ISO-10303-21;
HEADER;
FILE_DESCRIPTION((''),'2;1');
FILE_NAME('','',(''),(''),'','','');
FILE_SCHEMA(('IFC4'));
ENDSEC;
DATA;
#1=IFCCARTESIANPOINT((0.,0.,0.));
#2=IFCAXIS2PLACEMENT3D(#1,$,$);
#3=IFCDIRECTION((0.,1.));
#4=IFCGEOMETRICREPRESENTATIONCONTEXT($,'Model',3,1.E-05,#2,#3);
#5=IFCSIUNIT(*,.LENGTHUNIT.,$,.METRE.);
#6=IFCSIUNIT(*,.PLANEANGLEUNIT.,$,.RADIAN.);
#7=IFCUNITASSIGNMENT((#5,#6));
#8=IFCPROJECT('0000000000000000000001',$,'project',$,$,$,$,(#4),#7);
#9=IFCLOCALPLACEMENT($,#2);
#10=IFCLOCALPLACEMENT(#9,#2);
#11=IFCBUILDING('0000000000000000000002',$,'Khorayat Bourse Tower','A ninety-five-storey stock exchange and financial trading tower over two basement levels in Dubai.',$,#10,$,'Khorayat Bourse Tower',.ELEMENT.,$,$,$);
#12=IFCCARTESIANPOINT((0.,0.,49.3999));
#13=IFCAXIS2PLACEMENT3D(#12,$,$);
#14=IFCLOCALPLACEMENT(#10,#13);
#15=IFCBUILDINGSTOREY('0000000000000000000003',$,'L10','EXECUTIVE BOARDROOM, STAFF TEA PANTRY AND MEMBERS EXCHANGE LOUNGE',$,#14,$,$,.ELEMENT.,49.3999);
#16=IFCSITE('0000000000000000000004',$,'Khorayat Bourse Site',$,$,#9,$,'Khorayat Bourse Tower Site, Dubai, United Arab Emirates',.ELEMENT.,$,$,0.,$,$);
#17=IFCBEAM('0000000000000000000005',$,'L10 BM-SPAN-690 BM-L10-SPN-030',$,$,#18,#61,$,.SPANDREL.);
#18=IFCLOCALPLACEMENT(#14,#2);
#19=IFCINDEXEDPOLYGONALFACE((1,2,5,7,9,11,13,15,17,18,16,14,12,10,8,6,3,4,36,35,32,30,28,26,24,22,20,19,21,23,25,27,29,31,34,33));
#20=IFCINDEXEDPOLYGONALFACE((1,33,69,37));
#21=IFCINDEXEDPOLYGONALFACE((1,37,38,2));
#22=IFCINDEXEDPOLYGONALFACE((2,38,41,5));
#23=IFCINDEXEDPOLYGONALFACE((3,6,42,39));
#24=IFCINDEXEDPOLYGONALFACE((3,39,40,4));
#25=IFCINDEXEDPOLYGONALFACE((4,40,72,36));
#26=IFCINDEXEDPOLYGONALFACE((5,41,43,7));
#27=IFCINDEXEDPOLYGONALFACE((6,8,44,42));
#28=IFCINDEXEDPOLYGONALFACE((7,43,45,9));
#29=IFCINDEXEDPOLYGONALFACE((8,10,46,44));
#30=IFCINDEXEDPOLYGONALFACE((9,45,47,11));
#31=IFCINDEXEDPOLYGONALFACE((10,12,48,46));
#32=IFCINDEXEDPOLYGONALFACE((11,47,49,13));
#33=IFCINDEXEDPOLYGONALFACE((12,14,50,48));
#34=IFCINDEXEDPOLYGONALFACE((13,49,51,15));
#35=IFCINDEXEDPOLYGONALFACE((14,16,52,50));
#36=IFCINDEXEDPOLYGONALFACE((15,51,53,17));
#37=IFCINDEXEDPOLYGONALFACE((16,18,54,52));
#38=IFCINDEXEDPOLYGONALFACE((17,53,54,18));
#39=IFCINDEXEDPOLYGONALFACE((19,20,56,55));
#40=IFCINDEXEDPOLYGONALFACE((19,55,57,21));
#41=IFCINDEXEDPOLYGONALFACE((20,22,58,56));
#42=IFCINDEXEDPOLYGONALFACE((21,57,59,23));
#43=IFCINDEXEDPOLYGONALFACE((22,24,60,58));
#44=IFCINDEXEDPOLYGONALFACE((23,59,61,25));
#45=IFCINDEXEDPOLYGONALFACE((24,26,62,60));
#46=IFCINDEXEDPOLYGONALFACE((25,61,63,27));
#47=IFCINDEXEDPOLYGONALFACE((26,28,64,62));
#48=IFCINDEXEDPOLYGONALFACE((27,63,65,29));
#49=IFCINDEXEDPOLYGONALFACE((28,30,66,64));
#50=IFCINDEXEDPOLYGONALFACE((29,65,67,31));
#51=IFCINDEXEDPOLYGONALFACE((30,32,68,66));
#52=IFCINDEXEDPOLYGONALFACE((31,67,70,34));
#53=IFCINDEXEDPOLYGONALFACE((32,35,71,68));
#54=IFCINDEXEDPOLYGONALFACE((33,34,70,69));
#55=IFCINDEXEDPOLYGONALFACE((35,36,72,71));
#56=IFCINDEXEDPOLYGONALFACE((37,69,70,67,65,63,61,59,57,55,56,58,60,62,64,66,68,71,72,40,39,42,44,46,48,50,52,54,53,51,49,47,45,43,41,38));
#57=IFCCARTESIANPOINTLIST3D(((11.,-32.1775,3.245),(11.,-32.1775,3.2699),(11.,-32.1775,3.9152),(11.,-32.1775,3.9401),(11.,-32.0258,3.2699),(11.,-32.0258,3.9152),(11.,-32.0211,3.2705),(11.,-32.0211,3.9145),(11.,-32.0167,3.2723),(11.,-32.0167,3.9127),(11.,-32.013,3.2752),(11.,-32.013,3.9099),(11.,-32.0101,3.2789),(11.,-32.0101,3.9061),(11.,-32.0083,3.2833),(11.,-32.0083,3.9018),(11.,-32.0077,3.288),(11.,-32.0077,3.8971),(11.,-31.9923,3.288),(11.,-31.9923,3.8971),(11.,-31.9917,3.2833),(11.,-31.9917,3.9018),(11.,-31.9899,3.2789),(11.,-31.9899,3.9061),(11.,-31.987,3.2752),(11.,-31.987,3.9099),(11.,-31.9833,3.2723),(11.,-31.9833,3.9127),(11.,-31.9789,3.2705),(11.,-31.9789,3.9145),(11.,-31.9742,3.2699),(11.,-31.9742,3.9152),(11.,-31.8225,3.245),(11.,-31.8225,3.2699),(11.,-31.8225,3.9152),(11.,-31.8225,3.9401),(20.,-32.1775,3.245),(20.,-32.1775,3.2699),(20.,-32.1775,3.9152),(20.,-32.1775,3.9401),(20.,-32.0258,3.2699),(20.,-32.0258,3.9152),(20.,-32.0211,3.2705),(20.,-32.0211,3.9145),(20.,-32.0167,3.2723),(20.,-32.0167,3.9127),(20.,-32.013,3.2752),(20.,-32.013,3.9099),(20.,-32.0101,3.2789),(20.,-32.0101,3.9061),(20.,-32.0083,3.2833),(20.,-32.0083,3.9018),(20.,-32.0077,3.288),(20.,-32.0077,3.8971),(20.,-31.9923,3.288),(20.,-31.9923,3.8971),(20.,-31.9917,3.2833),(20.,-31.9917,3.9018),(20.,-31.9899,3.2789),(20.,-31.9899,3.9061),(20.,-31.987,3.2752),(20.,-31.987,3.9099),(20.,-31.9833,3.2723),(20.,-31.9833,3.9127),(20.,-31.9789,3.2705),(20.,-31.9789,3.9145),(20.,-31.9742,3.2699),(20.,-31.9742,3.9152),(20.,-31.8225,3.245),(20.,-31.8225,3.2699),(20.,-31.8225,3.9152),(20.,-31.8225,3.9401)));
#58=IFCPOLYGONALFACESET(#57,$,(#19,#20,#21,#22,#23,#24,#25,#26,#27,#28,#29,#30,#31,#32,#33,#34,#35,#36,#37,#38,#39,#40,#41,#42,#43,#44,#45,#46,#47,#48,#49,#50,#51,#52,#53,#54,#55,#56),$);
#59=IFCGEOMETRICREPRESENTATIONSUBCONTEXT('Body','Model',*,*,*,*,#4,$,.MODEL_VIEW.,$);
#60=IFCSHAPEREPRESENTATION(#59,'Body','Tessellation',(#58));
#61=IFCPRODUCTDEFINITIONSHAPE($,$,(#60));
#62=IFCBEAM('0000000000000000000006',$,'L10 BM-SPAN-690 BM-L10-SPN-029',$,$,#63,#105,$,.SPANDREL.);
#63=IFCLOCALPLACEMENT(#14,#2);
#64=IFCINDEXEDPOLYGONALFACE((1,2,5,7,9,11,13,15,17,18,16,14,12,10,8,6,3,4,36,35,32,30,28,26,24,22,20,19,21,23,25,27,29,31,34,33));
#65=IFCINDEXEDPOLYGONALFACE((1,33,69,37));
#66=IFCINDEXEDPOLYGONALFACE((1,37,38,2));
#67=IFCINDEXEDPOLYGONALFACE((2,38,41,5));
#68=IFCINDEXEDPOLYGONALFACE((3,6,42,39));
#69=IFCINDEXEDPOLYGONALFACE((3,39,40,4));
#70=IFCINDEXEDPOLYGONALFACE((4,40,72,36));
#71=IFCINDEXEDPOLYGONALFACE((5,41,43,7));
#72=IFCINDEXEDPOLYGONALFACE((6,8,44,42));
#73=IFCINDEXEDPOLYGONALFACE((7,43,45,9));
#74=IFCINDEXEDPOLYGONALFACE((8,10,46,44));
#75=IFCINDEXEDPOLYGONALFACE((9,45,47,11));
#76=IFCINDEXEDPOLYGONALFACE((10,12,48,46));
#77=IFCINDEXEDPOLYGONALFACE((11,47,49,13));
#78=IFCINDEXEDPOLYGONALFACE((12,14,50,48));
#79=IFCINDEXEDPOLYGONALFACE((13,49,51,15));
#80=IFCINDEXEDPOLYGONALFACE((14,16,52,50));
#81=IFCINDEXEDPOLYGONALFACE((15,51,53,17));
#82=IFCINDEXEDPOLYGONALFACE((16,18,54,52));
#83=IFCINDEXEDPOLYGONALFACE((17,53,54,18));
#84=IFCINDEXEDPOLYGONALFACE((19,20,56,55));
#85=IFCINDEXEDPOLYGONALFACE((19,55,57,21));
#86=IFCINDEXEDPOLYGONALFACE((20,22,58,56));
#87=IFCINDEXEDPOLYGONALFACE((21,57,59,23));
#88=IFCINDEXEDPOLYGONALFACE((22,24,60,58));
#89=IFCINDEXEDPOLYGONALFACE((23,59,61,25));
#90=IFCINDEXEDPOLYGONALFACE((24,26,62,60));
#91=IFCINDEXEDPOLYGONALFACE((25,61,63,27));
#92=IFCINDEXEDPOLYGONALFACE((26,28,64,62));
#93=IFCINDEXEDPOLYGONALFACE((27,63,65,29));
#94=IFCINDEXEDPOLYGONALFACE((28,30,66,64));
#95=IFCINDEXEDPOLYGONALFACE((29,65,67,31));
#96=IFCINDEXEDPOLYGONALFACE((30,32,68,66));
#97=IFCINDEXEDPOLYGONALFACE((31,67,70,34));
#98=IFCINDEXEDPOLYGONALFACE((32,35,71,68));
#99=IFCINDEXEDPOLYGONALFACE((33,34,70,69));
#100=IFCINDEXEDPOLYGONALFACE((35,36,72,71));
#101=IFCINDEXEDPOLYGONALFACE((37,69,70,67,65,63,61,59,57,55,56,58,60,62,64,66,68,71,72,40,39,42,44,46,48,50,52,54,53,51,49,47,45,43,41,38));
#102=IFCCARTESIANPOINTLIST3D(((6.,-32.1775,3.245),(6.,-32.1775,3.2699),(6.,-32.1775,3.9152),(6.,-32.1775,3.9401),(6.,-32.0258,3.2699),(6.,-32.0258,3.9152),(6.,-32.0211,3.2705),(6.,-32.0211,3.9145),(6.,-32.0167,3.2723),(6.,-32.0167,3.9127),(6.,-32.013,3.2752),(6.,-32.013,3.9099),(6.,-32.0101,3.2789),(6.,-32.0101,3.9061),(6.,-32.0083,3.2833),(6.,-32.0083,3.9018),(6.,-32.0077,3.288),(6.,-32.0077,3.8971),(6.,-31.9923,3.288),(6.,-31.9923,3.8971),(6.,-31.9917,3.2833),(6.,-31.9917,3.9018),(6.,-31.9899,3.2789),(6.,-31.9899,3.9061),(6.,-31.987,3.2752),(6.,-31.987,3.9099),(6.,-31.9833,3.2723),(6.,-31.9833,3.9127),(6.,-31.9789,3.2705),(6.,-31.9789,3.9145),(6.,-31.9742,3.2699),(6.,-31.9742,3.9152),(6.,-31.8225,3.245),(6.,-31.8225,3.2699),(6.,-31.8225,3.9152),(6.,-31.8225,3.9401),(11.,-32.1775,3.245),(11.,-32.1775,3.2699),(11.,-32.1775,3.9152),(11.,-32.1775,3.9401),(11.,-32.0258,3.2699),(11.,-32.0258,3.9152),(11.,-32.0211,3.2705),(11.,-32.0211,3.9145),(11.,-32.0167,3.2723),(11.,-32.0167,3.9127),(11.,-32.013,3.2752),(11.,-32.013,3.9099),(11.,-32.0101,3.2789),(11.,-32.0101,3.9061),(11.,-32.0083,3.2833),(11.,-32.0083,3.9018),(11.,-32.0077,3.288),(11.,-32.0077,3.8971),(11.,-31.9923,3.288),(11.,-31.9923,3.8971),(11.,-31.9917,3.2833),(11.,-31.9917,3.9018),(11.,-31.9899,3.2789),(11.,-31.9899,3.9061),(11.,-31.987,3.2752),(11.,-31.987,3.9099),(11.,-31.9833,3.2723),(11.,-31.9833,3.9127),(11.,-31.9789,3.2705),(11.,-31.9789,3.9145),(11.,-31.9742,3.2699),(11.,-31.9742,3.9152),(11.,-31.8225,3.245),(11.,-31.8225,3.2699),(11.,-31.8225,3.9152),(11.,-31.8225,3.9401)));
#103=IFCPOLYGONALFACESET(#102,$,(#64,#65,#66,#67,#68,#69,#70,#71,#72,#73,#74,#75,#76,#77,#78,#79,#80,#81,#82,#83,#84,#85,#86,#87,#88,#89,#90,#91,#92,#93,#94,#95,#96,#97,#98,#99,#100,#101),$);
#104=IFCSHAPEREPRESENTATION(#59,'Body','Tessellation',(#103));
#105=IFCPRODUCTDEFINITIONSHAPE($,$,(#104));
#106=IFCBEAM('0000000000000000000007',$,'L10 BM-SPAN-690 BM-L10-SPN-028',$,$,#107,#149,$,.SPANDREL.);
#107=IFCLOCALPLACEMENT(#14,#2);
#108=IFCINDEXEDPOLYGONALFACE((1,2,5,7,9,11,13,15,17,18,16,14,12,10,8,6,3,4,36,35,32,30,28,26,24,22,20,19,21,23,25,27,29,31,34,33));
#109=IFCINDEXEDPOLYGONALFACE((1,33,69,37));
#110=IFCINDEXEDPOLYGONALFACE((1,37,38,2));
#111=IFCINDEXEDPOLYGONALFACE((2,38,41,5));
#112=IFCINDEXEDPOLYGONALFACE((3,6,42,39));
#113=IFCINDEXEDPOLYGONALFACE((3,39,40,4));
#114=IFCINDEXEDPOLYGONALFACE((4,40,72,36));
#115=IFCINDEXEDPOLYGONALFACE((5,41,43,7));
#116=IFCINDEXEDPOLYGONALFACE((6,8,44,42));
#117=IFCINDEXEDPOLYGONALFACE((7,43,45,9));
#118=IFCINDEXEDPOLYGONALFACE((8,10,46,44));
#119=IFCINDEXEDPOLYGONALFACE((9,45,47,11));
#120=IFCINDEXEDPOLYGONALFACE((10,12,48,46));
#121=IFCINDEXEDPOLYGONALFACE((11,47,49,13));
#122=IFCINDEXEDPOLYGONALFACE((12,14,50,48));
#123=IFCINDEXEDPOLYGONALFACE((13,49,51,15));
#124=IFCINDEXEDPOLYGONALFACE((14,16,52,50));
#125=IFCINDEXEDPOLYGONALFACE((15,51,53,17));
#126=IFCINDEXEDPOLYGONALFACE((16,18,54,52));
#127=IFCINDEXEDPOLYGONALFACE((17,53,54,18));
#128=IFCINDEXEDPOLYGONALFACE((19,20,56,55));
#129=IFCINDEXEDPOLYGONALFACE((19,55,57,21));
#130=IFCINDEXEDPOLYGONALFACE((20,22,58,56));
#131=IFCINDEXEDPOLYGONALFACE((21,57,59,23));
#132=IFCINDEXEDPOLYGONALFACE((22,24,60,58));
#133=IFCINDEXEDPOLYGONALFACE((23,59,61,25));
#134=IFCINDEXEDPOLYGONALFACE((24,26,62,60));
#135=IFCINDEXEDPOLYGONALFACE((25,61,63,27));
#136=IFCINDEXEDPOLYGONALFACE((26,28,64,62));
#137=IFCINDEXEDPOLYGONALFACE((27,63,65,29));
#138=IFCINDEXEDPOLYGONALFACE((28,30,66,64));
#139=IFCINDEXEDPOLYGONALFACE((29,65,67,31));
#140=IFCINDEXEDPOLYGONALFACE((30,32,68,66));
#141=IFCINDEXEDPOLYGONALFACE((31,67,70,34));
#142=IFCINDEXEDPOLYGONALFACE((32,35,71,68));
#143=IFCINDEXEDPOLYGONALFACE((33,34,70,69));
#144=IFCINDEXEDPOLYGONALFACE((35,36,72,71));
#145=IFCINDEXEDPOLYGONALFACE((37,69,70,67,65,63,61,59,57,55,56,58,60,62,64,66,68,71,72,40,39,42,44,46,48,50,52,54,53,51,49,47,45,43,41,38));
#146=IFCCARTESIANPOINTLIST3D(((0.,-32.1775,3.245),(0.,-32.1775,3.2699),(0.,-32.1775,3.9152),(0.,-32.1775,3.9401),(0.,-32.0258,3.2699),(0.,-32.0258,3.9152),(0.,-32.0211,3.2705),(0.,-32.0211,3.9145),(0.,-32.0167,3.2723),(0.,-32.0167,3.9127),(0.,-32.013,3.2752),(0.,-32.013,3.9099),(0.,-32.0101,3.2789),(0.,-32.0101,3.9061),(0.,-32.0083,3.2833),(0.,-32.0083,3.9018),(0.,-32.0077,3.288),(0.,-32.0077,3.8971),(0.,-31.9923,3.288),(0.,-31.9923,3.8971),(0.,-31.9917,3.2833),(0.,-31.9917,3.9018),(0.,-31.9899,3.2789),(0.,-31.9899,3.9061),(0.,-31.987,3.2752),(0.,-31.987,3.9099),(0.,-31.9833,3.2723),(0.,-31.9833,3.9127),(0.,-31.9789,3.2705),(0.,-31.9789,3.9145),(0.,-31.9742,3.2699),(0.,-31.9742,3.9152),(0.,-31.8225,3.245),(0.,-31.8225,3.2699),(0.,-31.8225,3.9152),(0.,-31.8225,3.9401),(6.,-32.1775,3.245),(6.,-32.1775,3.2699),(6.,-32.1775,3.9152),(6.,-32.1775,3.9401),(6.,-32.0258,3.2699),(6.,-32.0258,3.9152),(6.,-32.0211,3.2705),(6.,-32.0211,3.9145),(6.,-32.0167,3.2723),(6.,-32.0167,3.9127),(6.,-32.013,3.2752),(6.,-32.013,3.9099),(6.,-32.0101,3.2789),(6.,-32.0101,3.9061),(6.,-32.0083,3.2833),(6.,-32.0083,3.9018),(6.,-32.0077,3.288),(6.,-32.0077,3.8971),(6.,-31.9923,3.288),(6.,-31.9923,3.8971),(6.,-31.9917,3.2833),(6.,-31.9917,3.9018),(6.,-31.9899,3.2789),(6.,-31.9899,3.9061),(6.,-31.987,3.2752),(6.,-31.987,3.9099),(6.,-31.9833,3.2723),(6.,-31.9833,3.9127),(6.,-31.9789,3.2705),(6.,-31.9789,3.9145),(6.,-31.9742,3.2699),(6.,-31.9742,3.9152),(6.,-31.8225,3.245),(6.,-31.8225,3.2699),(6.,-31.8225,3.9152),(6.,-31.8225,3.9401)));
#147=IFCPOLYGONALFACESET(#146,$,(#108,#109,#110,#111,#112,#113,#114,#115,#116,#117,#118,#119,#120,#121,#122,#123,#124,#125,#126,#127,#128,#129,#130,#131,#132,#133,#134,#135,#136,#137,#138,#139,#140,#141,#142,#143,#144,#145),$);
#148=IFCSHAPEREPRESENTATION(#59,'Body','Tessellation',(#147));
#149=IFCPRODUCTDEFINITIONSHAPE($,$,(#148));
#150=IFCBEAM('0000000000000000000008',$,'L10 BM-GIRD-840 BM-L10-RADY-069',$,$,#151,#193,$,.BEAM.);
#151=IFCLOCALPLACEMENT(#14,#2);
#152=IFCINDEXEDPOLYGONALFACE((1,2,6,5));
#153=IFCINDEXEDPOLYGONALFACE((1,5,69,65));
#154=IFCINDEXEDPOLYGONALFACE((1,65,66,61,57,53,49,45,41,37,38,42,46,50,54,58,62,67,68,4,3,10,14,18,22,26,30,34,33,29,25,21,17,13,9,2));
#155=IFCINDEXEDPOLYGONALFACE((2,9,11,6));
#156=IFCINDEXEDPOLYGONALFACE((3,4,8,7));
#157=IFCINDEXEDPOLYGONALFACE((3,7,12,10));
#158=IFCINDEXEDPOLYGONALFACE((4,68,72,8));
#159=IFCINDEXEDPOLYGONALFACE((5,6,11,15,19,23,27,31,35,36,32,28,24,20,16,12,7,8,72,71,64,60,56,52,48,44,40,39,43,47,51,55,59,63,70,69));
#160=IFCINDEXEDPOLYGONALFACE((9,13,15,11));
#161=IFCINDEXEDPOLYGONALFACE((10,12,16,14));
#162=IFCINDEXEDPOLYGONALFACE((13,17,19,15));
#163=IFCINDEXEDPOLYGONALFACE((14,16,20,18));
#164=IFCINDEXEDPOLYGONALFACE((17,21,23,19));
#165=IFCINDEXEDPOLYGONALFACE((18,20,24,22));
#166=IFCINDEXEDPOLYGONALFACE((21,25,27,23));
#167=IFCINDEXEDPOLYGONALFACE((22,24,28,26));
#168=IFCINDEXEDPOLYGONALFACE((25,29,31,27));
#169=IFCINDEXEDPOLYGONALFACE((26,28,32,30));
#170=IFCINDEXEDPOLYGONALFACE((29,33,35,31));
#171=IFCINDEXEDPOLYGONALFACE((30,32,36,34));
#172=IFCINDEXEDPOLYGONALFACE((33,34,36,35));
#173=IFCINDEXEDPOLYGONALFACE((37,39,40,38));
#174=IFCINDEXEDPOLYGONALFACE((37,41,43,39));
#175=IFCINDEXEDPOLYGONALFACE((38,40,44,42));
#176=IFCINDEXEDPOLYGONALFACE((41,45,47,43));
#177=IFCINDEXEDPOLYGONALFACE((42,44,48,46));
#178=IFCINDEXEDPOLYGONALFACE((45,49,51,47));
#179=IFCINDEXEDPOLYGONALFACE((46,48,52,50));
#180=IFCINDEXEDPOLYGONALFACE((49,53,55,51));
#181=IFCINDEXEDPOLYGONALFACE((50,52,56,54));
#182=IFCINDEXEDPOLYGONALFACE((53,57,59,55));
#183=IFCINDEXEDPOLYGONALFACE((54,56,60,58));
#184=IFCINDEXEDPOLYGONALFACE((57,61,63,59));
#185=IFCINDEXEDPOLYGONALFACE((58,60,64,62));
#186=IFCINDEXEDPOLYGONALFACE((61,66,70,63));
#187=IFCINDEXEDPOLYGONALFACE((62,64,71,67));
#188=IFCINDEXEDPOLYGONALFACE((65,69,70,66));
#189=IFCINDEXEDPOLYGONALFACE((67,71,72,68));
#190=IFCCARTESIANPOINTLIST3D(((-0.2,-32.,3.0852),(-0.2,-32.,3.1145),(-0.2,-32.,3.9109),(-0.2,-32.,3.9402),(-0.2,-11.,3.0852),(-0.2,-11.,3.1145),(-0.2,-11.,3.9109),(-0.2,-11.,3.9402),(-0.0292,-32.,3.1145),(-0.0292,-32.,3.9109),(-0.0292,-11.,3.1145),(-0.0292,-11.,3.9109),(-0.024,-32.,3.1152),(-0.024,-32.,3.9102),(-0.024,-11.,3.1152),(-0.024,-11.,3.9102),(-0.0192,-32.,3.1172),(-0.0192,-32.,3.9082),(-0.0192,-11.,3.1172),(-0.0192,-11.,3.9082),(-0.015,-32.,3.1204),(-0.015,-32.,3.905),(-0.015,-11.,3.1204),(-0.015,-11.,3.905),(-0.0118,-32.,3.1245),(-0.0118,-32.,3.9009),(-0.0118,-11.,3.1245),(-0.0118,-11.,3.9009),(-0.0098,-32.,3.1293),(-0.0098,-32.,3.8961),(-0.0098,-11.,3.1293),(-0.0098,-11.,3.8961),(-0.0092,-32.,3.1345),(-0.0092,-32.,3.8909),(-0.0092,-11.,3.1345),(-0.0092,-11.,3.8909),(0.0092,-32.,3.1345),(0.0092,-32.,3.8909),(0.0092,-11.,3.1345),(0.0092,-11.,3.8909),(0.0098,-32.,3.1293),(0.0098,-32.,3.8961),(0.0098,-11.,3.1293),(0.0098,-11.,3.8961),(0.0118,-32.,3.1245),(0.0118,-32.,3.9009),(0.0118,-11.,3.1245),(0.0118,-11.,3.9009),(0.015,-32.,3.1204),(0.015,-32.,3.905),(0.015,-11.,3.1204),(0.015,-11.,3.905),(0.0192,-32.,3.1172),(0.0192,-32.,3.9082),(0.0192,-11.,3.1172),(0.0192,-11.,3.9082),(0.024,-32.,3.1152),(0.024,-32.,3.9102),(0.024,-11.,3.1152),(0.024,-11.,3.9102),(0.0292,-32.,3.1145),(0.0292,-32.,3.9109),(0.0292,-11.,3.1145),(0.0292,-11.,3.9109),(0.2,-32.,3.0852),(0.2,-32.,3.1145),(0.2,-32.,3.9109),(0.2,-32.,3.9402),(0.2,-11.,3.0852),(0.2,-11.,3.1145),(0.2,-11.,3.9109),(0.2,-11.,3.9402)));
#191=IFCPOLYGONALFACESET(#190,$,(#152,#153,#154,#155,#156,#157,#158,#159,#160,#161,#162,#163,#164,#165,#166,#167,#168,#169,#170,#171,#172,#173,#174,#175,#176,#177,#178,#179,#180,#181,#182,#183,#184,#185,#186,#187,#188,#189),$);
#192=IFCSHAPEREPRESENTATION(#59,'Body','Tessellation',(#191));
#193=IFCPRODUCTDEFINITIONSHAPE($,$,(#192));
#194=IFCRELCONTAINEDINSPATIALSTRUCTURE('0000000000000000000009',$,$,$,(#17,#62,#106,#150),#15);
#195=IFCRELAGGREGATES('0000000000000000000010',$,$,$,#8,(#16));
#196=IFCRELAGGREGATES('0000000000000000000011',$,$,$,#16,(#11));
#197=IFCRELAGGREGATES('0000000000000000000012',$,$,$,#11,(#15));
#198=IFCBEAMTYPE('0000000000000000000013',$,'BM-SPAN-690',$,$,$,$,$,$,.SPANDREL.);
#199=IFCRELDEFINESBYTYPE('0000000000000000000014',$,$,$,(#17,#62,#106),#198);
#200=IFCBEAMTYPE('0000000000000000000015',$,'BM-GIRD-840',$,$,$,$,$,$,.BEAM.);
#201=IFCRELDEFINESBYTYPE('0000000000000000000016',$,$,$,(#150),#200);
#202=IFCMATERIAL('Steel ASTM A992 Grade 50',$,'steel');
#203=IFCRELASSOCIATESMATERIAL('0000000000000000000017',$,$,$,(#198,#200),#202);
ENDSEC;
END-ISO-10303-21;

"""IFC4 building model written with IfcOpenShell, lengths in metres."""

from ifc_helpers import new_model, si_unit, direction, frame, origin, origin_2d, place, context, subcontext, project, spatial, i_section, extrude, source, transform, mapped, material, material_profile, profile_set, type_object, element, save


model = new_model("IFC4")

# Units and contexts
model_context = context("Model", 3, precision=1e-05, world=origin(), true_north=direction((0.0, 1.0)))
body_context = subcontext(model_context, "Body", "Model", "MODEL_VIEW")
ifc_project = project(units=[si_unit("LENGTHUNIT", "METRE"), si_unit("PLANEANGLEUNIT", "RADIAN")], contexts=[model_context])

# Site, building, storey
site_placement = place(None, origin())
site = spatial("IfcSite", under=ifc_project, at=site_placement, Name="Khorayat Bourse Site", LongName="Khorayat Bourse Tower Site, Dubai, United Arab Emirates", CompositionType="ELEMENT", RefElevation=0.0)
building_placement = place(site_placement, origin())
building = spatial("IfcBuilding", under=site, at=building_placement, Name="Khorayat Bourse Tower", Description="A ninety-five-storey stock exchange and financial trading tower over two basement levels in Dubai.", LongName="Khorayat Bourse Tower", CompositionType="ELEMENT")
storey_placement = place(building_placement, frame((0.0, 0.0, 49.3999)))
storey = spatial("IfcBuildingStorey", under=building, at=storey_placement, Name="L10", Description="EXECUTIVE BOARDROOM, STAFF TEA PANTRY AND MEMBERS EXCHANGE LOUNGE", CompositionType="ELEMENT", Elevation=49.3999)

# Beams
ifc_material_1 = material(Name="Steel ASTM A992 Grade 50", Category="steel")
ifc_material_profile_1 = material_profile(ifc_material_1, i_section(OverallWidth=0.355, OverallDepth=0.6951, WebThickness=0.0154, FlangeThickness=0.0249, FilletRadius=0.0181, at=origin_2d()), Name="W690X217")
ifc_profile_set_1 = profile_set([ifc_material_profile_1], Name="Steel ASTM A992 Grade 50")
beam_type_1 = type_object("IfcBeamType", Name="BM-SPAN-690", PredefinedType="SPANDREL", material=ifc_profile_set_1)
shared_shape_1 = source(origin(), body_context, "Body", "SweptSolid", [
    extrude(i_section(OverallWidth=0.355, OverallDepth=0.6951, WebThickness=0.0154, FlangeThickness=0.0249, FilletRadius=0.0181, at=origin_2d()), origin(), (0.0, 0.0, 1.0), 9.0),
])
beam_1_placement = place(storey_placement, frame((11.0, -32.0, 3.5925), z_axis=(1.0, 0.0, 0.0), x_axis=(0.0, 1.0, 0.0)))
element("IfcBeam", 1, at=beam_1_placement, inside=storey, type_object=beam_type_1, Name="L10 BM-SPAN-690 BM-L10-SPN-030", PredefinedType="SPANDREL", context=body_context, shape_type="MappedRepresentation", body=[
    mapped(shared_shape_1, transform((0.0, 0.0, 0.0), scale=1.0)),
])
shared_shape_2 = source(origin(), body_context, "Body", "SweptSolid", [
    extrude(i_section(OverallWidth=0.355, OverallDepth=0.6951, WebThickness=0.0154, FlangeThickness=0.0249, FilletRadius=0.0181, at=origin_2d()), origin(), (0.0, 0.0, 1.0), 5.0),
])
beam_2_placement = place(storey_placement, frame((6.0, -32.0, 3.5925), z_axis=(1.0, 0.0, 0.0), x_axis=(0.0, 1.0, 0.0)))
element("IfcBeam", 2, at=beam_2_placement, inside=storey, type_object=beam_type_1, Name="L10 BM-SPAN-690 BM-L10-SPN-029", PredefinedType="SPANDREL", context=body_context, shape_type="MappedRepresentation", body=[
    mapped(shared_shape_2, transform((0.0, 0.0, 0.0), scale=1.0)),
])
shared_shape_3 = source(origin(), body_context, "Body", "SweptSolid", [
    extrude(i_section(OverallWidth=0.355, OverallDepth=0.6951, WebThickness=0.0154, FlangeThickness=0.0249, FilletRadius=0.0181, at=origin_2d()), origin(), (0.0, 0.0, 1.0), 6.0),
])
beam_3_placement = place(storey_placement, frame((0.0, -32.0, 3.5925), z_axis=(1.0, 0.0, 0.0), x_axis=(0.0, 1.0, 0.0)))
element("IfcBeam", 3, at=beam_3_placement, inside=storey, type_object=beam_type_1, Name="L10 BM-SPAN-690 BM-L10-SPN-028", PredefinedType="SPANDREL", context=body_context, shape_type="MappedRepresentation", body=[
    mapped(shared_shape_3, transform((0.0, 0.0, 0.0), scale=1.0)),
])
ifc_material_profile_2 = material_profile(ifc_material_1, i_section(OverallWidth=0.3999, OverallDepth=0.855, WebThickness=0.0183, FlangeThickness=0.0293, FilletRadius=0.02, at=origin_2d()), Name="W840X299")
ifc_profile_set_2 = profile_set([ifc_material_profile_2], Name="Steel ASTM A992 Grade 50")
beam_type_2 = type_object("IfcBeamType", Name="BM-GIRD-840", PredefinedType="BEAM", material=ifc_profile_set_2)
shared_shape_4 = source(origin(), body_context, "Body", "SweptSolid", [
    extrude(i_section(OverallWidth=0.3999, OverallDepth=0.855, WebThickness=0.0183, FlangeThickness=0.0293, FilletRadius=0.02, at=origin_2d()), origin(), (0.0, 0.0, 1.0), 21.0),
])
for number, where, z_axis, x_axis, name in (
    (4, (0.0, -32.0, 3.5127), (0.0, 1.0, 0.0), (-1.0, 0.0, 0.0), "L10 BM-GIRD-840 BM-L10-RADY-069"),
):
    element("IfcBeam", number, at=place(storey_placement, frame(where, z_axis=z_axis, x_axis=x_axis)), inside=storey, type_object=beam_type_2, Name=name, PredefinedType="BEAM", context=body_context, shape_type="MappedRepresentation", body=[
        mapped(shared_shape_4, transform((0.0, 0.0, 0.0), scale=1.0)),
    ])

save(model, "model.ifc")
